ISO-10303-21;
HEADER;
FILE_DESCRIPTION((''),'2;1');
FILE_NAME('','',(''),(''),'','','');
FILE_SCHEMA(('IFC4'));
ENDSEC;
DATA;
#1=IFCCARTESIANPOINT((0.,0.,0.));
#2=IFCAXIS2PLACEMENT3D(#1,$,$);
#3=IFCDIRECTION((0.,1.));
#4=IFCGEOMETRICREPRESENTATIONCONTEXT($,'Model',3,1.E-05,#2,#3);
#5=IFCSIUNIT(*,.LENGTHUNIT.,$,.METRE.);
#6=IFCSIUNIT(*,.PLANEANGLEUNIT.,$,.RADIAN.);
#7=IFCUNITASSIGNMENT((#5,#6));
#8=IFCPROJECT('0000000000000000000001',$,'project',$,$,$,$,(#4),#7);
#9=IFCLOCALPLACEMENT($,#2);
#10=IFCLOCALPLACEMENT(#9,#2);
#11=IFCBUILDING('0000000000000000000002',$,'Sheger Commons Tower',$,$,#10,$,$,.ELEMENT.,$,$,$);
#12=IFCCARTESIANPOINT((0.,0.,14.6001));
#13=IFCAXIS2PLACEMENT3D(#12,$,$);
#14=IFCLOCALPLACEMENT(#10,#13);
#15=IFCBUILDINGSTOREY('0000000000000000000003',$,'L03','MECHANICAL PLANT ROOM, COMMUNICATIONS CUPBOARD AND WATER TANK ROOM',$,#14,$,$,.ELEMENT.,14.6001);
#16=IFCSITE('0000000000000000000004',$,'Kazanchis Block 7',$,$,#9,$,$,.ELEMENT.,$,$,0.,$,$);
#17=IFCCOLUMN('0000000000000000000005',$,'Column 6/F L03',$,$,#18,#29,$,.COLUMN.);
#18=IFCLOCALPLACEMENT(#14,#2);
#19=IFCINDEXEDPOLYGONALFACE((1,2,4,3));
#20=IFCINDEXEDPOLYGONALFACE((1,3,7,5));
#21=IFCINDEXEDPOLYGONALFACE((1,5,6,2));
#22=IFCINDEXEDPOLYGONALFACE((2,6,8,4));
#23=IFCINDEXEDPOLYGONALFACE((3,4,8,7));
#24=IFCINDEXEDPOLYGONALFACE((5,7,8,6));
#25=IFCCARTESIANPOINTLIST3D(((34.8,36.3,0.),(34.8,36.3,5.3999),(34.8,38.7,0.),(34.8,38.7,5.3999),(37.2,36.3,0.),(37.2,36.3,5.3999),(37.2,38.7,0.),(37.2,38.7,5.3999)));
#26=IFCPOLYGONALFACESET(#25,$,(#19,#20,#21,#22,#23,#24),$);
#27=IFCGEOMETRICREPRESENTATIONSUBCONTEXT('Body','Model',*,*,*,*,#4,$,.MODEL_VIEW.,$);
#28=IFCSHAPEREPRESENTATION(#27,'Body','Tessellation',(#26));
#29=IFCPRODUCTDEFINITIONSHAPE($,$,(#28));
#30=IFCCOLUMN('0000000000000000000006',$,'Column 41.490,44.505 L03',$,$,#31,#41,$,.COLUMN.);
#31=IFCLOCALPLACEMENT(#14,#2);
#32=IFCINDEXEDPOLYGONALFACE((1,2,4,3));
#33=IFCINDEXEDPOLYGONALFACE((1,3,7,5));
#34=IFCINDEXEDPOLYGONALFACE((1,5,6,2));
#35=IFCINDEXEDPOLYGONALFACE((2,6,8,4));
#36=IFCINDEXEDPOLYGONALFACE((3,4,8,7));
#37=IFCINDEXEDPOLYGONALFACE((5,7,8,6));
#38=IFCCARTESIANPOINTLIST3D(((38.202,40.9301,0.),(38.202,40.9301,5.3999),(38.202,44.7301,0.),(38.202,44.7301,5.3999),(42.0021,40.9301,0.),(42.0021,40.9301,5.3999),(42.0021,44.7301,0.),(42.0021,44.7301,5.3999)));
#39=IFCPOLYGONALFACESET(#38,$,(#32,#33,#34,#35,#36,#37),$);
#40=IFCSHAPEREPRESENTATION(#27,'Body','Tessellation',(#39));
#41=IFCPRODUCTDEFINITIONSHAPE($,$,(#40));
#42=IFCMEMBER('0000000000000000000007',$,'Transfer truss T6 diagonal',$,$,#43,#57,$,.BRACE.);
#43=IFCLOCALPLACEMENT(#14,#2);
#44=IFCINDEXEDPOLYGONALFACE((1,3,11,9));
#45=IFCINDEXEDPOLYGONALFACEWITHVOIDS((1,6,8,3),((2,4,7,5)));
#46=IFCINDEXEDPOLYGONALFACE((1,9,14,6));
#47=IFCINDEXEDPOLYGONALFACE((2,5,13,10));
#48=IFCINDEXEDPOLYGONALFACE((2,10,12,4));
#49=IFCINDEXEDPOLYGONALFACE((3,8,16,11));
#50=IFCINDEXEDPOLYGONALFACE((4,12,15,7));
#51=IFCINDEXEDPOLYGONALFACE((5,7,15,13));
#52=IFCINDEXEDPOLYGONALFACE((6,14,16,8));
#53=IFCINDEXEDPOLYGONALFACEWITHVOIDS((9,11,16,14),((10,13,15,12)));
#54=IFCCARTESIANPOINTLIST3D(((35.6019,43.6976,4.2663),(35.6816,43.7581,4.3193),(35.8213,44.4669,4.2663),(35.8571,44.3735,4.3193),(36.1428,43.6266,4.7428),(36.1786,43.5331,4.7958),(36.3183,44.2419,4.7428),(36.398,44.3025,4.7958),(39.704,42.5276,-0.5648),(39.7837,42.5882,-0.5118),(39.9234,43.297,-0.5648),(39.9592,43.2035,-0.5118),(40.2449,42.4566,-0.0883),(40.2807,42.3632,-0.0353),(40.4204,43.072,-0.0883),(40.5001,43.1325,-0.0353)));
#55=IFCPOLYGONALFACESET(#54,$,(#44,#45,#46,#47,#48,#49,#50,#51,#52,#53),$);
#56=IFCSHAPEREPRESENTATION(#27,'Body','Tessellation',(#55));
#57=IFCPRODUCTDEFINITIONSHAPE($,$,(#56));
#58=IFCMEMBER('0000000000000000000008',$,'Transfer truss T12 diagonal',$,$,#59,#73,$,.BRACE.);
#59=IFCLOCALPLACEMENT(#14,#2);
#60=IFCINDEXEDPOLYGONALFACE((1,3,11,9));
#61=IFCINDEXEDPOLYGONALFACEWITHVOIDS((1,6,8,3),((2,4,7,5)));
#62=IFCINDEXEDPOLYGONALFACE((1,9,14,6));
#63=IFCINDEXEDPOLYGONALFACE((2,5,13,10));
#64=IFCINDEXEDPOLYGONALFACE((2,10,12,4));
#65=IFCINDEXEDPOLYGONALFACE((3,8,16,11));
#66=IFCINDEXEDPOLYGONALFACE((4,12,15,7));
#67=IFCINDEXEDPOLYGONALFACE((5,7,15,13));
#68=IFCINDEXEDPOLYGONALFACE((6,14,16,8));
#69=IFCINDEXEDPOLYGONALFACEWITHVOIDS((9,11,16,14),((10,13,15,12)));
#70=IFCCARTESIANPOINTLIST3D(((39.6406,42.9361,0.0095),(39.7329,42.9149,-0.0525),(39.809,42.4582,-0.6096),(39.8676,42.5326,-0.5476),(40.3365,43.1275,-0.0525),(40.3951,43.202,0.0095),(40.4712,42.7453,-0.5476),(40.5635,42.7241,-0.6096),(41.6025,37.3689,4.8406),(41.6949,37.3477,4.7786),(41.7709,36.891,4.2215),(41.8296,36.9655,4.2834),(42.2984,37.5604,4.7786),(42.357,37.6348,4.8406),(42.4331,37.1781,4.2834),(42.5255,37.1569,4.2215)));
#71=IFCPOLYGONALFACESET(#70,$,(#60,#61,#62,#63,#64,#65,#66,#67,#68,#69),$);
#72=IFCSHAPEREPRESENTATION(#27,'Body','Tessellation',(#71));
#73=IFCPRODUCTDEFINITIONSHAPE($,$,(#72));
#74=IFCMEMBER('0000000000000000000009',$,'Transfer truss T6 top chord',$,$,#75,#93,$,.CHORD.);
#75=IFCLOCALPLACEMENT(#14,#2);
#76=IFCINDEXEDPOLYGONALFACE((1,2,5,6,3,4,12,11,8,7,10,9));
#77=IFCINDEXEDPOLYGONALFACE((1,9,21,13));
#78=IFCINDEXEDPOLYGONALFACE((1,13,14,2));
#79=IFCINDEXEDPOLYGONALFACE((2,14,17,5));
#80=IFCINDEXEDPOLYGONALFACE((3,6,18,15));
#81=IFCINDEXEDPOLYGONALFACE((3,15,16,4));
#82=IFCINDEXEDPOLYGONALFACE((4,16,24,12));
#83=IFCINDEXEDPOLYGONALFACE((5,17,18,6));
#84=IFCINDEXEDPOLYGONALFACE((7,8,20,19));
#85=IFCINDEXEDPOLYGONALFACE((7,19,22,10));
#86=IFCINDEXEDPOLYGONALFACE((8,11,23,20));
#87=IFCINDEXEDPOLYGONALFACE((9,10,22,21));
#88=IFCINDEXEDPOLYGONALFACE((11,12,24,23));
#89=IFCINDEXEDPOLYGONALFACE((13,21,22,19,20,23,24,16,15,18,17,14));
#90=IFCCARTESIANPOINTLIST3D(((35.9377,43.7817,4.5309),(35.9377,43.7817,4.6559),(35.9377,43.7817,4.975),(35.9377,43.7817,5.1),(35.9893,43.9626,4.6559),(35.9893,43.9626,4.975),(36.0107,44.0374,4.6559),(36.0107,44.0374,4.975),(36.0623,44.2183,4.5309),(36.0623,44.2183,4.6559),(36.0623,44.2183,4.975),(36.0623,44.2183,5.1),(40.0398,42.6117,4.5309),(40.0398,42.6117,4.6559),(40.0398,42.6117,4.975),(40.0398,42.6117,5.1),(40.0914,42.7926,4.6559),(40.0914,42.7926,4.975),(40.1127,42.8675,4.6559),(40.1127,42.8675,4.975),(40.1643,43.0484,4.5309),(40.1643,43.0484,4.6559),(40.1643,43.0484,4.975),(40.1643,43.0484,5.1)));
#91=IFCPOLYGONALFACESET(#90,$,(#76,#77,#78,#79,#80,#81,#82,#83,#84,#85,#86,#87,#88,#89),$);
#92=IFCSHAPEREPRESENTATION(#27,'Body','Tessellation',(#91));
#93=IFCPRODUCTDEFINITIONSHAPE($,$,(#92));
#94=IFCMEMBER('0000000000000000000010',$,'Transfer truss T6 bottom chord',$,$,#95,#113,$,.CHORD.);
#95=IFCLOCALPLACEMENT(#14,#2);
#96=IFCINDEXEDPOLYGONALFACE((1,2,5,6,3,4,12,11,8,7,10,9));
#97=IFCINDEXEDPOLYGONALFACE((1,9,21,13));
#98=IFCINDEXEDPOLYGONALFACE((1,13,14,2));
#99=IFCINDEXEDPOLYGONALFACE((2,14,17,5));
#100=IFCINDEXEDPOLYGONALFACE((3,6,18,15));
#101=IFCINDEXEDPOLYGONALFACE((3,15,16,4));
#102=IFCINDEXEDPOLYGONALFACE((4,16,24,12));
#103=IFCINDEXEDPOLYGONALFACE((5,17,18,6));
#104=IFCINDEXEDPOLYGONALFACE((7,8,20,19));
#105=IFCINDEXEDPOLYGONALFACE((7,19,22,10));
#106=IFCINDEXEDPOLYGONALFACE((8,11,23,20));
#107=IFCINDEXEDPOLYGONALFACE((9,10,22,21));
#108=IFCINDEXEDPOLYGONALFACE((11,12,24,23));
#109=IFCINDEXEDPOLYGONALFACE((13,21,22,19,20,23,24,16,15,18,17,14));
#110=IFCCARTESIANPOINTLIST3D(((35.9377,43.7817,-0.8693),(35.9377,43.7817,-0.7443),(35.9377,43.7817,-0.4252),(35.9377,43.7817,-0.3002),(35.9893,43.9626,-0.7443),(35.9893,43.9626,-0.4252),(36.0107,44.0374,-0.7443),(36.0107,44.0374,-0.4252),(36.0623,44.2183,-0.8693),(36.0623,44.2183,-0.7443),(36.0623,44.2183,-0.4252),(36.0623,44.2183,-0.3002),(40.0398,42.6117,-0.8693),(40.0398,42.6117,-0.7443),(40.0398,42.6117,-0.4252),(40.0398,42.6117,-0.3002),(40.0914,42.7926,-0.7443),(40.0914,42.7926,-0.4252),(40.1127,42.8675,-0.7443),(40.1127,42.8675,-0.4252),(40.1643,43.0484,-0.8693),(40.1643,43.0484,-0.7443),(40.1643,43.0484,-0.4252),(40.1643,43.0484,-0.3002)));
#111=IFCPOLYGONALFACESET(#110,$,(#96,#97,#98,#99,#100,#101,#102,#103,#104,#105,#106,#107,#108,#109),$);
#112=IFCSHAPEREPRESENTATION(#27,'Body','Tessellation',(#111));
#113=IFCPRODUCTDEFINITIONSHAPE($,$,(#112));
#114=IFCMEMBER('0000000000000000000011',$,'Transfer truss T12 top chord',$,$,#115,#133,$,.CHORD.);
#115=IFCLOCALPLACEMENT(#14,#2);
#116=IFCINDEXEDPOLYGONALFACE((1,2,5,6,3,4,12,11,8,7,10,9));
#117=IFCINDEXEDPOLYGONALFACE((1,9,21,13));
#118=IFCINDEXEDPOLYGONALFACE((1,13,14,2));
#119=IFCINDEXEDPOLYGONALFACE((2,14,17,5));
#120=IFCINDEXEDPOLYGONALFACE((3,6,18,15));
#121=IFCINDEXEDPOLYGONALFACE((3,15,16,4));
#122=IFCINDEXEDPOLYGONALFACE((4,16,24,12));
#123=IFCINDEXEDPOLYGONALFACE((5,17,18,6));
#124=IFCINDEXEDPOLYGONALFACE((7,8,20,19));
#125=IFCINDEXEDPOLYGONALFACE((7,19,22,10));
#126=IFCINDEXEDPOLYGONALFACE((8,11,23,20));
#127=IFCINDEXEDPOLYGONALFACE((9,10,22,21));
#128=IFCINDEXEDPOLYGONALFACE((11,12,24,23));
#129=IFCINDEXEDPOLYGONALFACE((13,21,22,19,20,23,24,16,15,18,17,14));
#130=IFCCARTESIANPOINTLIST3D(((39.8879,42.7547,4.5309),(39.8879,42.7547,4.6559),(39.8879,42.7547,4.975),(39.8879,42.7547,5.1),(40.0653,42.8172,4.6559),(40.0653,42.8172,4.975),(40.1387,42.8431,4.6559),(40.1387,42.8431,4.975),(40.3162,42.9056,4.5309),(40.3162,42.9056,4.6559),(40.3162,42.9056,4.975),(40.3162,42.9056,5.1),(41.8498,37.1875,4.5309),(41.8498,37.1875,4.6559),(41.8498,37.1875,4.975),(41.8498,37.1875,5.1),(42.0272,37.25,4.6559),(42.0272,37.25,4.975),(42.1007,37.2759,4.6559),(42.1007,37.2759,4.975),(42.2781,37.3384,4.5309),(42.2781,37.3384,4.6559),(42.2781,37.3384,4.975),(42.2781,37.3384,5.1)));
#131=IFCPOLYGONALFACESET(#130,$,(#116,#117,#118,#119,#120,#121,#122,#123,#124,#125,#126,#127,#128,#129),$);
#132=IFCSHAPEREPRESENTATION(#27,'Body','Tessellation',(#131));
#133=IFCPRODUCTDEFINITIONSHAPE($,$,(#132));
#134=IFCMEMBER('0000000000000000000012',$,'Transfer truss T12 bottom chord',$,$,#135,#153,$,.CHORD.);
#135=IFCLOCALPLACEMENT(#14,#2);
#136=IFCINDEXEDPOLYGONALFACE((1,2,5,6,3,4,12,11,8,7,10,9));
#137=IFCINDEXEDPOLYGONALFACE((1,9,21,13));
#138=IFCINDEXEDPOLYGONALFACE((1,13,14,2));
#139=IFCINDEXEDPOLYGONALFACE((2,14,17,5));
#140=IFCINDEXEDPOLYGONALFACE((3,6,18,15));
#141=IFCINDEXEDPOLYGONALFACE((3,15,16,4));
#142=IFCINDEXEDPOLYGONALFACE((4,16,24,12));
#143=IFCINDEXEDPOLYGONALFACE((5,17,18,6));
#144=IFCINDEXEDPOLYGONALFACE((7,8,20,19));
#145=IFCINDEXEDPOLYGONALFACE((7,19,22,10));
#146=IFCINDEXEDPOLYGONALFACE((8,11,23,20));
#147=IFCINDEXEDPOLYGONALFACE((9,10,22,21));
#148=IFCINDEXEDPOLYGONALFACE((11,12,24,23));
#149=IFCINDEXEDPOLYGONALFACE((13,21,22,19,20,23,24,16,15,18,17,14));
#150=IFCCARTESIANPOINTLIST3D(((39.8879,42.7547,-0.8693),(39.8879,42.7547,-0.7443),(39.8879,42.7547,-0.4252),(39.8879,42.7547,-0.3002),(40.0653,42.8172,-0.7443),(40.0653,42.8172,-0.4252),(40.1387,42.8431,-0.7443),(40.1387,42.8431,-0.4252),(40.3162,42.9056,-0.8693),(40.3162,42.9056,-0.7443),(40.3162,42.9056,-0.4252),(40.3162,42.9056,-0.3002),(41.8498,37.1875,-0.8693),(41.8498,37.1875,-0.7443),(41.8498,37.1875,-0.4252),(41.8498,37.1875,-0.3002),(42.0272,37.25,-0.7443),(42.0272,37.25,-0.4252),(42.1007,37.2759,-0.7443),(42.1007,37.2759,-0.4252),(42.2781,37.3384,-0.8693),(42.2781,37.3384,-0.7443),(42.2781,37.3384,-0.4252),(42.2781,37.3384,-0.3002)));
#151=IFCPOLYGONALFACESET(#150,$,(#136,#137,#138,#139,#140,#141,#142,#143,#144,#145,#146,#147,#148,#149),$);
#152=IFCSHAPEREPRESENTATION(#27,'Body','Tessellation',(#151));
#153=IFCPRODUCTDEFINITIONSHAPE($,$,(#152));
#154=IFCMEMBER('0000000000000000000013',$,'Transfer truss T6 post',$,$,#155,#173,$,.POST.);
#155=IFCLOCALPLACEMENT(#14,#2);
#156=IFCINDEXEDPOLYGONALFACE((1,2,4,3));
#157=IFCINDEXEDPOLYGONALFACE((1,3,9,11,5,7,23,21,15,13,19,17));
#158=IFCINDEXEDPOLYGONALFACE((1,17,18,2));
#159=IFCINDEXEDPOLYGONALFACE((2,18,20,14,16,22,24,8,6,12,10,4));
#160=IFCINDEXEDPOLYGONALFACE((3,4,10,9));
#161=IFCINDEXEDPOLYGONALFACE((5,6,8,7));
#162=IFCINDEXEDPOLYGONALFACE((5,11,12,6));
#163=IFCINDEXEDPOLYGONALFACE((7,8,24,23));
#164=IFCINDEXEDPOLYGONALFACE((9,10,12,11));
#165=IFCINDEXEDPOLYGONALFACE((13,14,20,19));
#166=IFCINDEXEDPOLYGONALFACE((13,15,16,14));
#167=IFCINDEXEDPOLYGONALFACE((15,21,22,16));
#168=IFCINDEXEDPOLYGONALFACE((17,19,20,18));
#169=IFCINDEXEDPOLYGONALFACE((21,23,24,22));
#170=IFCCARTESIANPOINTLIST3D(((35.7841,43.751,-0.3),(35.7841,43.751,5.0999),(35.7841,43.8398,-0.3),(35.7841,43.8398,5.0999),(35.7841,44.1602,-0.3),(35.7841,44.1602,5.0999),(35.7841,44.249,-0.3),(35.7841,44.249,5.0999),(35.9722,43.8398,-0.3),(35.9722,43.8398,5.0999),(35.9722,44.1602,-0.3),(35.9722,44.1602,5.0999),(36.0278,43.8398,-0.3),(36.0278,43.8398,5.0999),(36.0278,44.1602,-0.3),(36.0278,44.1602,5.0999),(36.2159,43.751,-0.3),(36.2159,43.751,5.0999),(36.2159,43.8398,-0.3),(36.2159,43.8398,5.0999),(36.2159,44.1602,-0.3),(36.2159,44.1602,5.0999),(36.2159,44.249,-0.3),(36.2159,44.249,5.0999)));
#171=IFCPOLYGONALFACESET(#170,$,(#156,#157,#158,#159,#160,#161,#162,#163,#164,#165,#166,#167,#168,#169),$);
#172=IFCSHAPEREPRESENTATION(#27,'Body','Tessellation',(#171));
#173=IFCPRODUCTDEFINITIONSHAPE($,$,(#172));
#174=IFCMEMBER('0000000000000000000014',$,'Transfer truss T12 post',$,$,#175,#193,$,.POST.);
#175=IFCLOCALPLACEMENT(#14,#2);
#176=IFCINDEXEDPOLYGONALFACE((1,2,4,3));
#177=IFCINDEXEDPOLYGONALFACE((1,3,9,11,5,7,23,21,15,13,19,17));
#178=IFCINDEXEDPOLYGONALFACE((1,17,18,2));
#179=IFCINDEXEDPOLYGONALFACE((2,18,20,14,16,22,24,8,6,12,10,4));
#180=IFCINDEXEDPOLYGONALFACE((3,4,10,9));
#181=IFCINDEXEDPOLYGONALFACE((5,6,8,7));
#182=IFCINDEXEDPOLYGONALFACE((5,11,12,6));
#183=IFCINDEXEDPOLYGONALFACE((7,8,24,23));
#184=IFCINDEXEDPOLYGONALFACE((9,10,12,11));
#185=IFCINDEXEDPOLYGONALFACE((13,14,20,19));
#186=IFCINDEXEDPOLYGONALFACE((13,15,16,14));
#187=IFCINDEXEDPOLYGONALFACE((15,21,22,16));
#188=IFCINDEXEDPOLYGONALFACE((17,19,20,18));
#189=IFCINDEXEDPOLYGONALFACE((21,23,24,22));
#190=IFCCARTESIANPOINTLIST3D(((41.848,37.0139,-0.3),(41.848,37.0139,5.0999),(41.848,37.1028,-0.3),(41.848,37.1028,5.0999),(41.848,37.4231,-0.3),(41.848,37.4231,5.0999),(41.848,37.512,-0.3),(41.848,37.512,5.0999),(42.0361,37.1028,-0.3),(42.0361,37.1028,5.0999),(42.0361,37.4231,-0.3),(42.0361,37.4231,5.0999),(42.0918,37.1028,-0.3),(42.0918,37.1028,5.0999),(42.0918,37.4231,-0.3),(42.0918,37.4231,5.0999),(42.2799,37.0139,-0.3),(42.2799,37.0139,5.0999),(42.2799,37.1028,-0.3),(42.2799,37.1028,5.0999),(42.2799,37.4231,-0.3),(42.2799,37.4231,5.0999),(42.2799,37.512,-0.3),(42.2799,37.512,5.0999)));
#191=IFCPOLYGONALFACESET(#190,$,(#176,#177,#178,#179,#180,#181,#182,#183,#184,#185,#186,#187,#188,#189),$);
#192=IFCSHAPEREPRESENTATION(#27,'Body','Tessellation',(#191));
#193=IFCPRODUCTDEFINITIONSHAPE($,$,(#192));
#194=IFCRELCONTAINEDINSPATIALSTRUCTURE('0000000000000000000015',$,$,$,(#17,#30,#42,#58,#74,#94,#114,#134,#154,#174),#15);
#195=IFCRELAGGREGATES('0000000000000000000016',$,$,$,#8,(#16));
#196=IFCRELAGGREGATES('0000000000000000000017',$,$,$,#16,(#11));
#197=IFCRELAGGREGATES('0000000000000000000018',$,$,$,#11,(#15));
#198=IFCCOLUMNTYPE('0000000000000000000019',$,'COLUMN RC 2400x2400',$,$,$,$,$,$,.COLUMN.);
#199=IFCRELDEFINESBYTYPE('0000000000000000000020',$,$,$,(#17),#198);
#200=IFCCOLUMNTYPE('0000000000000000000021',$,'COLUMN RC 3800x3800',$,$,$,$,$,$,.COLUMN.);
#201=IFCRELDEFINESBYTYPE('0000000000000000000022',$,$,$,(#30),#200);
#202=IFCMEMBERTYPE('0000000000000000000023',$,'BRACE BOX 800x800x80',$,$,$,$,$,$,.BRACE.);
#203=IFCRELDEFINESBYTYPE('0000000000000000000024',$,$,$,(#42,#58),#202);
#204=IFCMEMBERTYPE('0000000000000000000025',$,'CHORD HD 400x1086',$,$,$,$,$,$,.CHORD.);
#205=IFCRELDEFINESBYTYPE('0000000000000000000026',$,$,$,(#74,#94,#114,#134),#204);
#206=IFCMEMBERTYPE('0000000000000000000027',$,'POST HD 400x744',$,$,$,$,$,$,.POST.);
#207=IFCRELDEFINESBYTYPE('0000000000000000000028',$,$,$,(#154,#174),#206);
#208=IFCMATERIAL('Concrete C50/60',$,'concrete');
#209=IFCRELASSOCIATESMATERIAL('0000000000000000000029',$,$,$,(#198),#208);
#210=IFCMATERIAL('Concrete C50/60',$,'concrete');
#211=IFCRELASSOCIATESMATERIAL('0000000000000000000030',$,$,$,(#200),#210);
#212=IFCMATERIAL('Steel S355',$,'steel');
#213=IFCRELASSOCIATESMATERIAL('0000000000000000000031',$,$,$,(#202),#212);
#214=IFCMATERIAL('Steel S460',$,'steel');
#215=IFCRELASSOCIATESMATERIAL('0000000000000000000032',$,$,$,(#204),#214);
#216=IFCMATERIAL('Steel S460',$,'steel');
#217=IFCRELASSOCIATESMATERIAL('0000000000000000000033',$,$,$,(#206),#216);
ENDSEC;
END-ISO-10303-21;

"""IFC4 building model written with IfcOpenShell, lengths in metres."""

from ifc_helpers import new_model, si_unit, direction, frame, origin, origin_2d, place, context, subcontext, project, spatial, rectangle, hollow_rectangle, i_section, extrude, material, material_profile, profile_set, type_object, element, save


model = new_model("IFC4")

# Units and contexts
model_context = context("Model", 3, precision=1e-05, world=origin(), true_north=direction((0.0, 1.0)))
body_context = subcontext(model_context, "Body", "Model", "MODEL_VIEW")
ifc_project = project(units=[si_unit("LENGTHUNIT", "METRE"), si_unit("PLANEANGLEUNIT", "RADIAN")], contexts=[model_context])

# Site, building, storey
site_placement = place(None, origin())
site = spatial("IfcSite", under=ifc_project, at=site_placement, Name="Kazanchis Block 7", CompositionType="ELEMENT", RefElevation=0.0)
building_placement = place(site_placement, origin())
building = spatial("IfcBuilding", under=site, at=building_placement, Name="Sheger Commons Tower", CompositionType="ELEMENT")
storey_placement = place(building_placement, frame((0.0, 0.0, 14.6001)))
storey = spatial("IfcBuildingStorey", under=building, at=storey_placement, Name="L03", Description="MECHANICAL PLANT ROOM, COMMUNICATIONS CUPBOARD AND WATER TANK ROOM", CompositionType="ELEMENT", Elevation=14.6001)

# Columns
ifc_material_1 = material(Name="Concrete C50/60", Category="concrete")
ifc_material_profile_1 = material_profile(ifc_material_1, rectangle(XDim=2.3999, YDim=2.3999, at=origin_2d()), Name="RC 2400x2400")
ifc_profile_set_1 = profile_set([ifc_material_profile_1], Name="Concrete C50/60")
column_type_1 = type_object("IfcColumnType", Name="COLUMN RC 2400x2400", PredefinedType="COLUMN", material=ifc_profile_set_1)
column_1_placement = place(storey_placement, frame((36.0, 37.5, 0.0), z_axis=(0.0, 0.0, 1.0), x_axis=(1.0, 0.0, 0.0)))
element("IfcColumn", 1, at=column_1_placement, inside=storey, type_object=column_type_1, Name="Column 6/F L03", PredefinedType="COLUMN", context=body_context, shape_type="SweptSolid", body=[
    extrude(rectangle(XDim=2.3999, YDim=2.3999, at=origin_2d()), origin(), (0.0, 0.0, 1.0), 5.3999),
])
ifc_material_2 = material(Name="Concrete C50/60", Category="concrete")
ifc_material_profile_2 = material_profile(ifc_material_2, rectangle(XDim=3.8, YDim=3.8, at=origin_2d()), Name="RC 3800x3800")
ifc_profile_set_2 = profile_set([ifc_material_profile_2], Name="Concrete C50/60")
column_type_2 = type_object("IfcColumnType", Name="COLUMN RC 3800x3800", PredefinedType="COLUMN", material=ifc_profile_set_2)
column_2_placement = place(storey_placement, frame((40.1021, 42.8301, 0.0), z_axis=(0.0, 0.0, 1.0), x_axis=(1.0, 0.0, 0.0)))
element("IfcColumn", 2, at=column_2_placement, inside=storey, type_object=column_type_2, Name="Column 41.490,44.505 L03", PredefinedType="COLUMN", context=body_context, shape_type="SweptSolid", body=[
    extrude(rectangle(XDim=3.8, YDim=3.8, at=origin_2d()), origin(), (0.0, 0.0, 1.0), 5.3999),
])

# Members
ifc_material_3 = material(Name="Steel S355", Category="steel")
ifc_material_profile_3 = material_profile(ifc_material_3, hollow_rectangle(XDim=0.8, YDim=0.8, WallThickness=0.0801, at=origin_2d()), Name="BOX 800x800x80")
ifc_profile_set_3 = profile_set([ifc_material_profile_3], Name="Steel S355")
member_type_1 = type_object("IfcMemberType", Name="BRACE BOX 800x800x80", PredefinedType="BRACE", material=ifc_profile_set_3)
member_1_placement = place(storey_placement, frame((40.1021, 42.8301, -0.3), z_axis=(-0.636496, 0.181531, 0.749612), x_axis=(-0.274268, -0.961653, 0.0)))
element("IfcMember", 3, at=member_1_placement, inside=storey, type_object=member_type_1, Name="Transfer truss T6 diagonal", PredefinedType="BRACE", context=body_context, shape_type="SweptSolid", body=[
    extrude(hollow_rectangle(XDim=0.8, YDim=0.8, WallThickness=0.0801, at=origin_2d()), origin(), (0.0, 0.0, 1.0), 6.4448),
])
member_2_placement = place(storey_placement, frame((40.1021, 42.8301, -0.3), z_axis=(0.25721, -0.729862, 0.63336), x_axis=(0.943148, 0.332374, 0.0)))
element("IfcMember", 4, at=member_2_placement, inside=storey, type_object=member_type_1, Name="Transfer truss T12 diagonal", PredefinedType="BRACE", context=body_context, shape_type="SweptSolid", body=[
    extrude(hollow_rectangle(XDim=0.8, YDim=0.8, WallThickness=0.0801, at=origin_2d()), origin(), (0.0, 0.0, 1.0), 7.6277),
])
ifc_material_4 = material(Name="Steel S460", Category="steel")
ifc_material_profile_4 = material_profile(ifc_material_4, i_section(OverallWidth=0.4541, OverallDepth=0.5691, WebThickness=0.0779, FlangeThickness=0.125, at=origin_2d()), Name="HD 400x1086")
ifc_profile_set_4 = profile_set([ifc_material_profile_4], Name="Steel S460")
member_type_2 = type_object("IfcMemberType", Name="CHORD HD 400x1086", PredefinedType="CHORD", material=ifc_profile_set_4)
for number, where, z_axis, x_axis, name in (
    (5, (36.0, 44.0, 4.8154), (0.961653, -0.274268, 0.0), (0.274268, 0.961653, 0.0), "Transfer truss T6 top chord"),
    (6, (36.0, 44.0, -0.5847), (0.961653, -0.274268, 0.0), (0.274268, 0.961653, 0.0), "Transfer truss T6 bottom chord"),
):
    element("IfcMember", number, at=place(storey_placement, frame(where, z_axis=z_axis, x_axis=x_axis)), inside=storey, type_object=member_type_2, Name=name, PredefinedType="CHORD", context=body_context, shape_type="SweptSolid", body=[
        extrude(i_section(OverallWidth=0.4541, OverallDepth=0.5691, WebThickness=0.0779, FlangeThickness=0.125, at=origin_2d()), origin(), (0.0, 0.0, 1.0), 4.2656),
    ])
for number, where, z_axis, x_axis, name in (
    (7, (42.064, 37.2629, 4.8154), (-0.332374, 0.943148, 0.0), (-0.943148, -0.332374, 0.0), "Transfer truss T12 top chord"),
    (8, (42.064, 37.2629, -0.5847), (-0.332374, 0.943148, 0.0), (-0.943148, -0.332374, 0.0), "Transfer truss T12 bottom chord"),
):
    element("IfcMember", number, at=place(storey_placement, frame(where, z_axis=z_axis, x_axis=x_axis)), inside=storey, type_object=member_type_2, Name=name, PredefinedType="CHORD", context=body_context, shape_type="SweptSolid", body=[
        extrude(i_section(OverallWidth=0.4541, OverallDepth=0.5691, WebThickness=0.0779, FlangeThickness=0.125, at=origin_2d()), origin(), (0.0, 0.0, 1.0), 5.9028),
    ])
ifc_material_5 = material(Name="Steel S460", Category="steel")
ifc_material_profile_5 = material_profile(ifc_material_5, i_section(OverallWidth=0.4319, OverallDepth=0.498, WebThickness=0.0557, FlangeThickness=0.0889, at=origin_2d()), Name="HD 400x744")
ifc_profile_set_5 = profile_set([ifc_material_profile_5], Name="Steel S460")
member_type_3 = type_object("IfcMemberType", Name="POST HD 400x744", PredefinedType="POST", material=ifc_profile_set_5)
for number, where, z_axis, x_axis, name in (
    (9, (36.0, 44.0, -0.3), (0.0, 0.0, 1.0), (1.0, 0.0, 0.0), "Transfer truss T6 post"),
    (10, (42.064, 37.2629, -0.3), (0.0, 0.0, 1.0), (1.0, 0.0, 0.0), "Transfer truss T12 post"),
):
    element("IfcMember", number, at=place(storey_placement, frame(where, z_axis=z_axis, x_axis=x_axis)), inside=storey, type_object=member_type_3, Name=name, PredefinedType="POST", context=body_context, shape_type="SweptSolid", body=[
        extrude(i_section(OverallWidth=0.4319, OverallDepth=0.498, WebThickness=0.0557, FlangeThickness=0.0889, at=origin_2d()), origin(), (0.0, 0.0, 1.0), 5.3999),
    ])

save(model, "model.ifc")
